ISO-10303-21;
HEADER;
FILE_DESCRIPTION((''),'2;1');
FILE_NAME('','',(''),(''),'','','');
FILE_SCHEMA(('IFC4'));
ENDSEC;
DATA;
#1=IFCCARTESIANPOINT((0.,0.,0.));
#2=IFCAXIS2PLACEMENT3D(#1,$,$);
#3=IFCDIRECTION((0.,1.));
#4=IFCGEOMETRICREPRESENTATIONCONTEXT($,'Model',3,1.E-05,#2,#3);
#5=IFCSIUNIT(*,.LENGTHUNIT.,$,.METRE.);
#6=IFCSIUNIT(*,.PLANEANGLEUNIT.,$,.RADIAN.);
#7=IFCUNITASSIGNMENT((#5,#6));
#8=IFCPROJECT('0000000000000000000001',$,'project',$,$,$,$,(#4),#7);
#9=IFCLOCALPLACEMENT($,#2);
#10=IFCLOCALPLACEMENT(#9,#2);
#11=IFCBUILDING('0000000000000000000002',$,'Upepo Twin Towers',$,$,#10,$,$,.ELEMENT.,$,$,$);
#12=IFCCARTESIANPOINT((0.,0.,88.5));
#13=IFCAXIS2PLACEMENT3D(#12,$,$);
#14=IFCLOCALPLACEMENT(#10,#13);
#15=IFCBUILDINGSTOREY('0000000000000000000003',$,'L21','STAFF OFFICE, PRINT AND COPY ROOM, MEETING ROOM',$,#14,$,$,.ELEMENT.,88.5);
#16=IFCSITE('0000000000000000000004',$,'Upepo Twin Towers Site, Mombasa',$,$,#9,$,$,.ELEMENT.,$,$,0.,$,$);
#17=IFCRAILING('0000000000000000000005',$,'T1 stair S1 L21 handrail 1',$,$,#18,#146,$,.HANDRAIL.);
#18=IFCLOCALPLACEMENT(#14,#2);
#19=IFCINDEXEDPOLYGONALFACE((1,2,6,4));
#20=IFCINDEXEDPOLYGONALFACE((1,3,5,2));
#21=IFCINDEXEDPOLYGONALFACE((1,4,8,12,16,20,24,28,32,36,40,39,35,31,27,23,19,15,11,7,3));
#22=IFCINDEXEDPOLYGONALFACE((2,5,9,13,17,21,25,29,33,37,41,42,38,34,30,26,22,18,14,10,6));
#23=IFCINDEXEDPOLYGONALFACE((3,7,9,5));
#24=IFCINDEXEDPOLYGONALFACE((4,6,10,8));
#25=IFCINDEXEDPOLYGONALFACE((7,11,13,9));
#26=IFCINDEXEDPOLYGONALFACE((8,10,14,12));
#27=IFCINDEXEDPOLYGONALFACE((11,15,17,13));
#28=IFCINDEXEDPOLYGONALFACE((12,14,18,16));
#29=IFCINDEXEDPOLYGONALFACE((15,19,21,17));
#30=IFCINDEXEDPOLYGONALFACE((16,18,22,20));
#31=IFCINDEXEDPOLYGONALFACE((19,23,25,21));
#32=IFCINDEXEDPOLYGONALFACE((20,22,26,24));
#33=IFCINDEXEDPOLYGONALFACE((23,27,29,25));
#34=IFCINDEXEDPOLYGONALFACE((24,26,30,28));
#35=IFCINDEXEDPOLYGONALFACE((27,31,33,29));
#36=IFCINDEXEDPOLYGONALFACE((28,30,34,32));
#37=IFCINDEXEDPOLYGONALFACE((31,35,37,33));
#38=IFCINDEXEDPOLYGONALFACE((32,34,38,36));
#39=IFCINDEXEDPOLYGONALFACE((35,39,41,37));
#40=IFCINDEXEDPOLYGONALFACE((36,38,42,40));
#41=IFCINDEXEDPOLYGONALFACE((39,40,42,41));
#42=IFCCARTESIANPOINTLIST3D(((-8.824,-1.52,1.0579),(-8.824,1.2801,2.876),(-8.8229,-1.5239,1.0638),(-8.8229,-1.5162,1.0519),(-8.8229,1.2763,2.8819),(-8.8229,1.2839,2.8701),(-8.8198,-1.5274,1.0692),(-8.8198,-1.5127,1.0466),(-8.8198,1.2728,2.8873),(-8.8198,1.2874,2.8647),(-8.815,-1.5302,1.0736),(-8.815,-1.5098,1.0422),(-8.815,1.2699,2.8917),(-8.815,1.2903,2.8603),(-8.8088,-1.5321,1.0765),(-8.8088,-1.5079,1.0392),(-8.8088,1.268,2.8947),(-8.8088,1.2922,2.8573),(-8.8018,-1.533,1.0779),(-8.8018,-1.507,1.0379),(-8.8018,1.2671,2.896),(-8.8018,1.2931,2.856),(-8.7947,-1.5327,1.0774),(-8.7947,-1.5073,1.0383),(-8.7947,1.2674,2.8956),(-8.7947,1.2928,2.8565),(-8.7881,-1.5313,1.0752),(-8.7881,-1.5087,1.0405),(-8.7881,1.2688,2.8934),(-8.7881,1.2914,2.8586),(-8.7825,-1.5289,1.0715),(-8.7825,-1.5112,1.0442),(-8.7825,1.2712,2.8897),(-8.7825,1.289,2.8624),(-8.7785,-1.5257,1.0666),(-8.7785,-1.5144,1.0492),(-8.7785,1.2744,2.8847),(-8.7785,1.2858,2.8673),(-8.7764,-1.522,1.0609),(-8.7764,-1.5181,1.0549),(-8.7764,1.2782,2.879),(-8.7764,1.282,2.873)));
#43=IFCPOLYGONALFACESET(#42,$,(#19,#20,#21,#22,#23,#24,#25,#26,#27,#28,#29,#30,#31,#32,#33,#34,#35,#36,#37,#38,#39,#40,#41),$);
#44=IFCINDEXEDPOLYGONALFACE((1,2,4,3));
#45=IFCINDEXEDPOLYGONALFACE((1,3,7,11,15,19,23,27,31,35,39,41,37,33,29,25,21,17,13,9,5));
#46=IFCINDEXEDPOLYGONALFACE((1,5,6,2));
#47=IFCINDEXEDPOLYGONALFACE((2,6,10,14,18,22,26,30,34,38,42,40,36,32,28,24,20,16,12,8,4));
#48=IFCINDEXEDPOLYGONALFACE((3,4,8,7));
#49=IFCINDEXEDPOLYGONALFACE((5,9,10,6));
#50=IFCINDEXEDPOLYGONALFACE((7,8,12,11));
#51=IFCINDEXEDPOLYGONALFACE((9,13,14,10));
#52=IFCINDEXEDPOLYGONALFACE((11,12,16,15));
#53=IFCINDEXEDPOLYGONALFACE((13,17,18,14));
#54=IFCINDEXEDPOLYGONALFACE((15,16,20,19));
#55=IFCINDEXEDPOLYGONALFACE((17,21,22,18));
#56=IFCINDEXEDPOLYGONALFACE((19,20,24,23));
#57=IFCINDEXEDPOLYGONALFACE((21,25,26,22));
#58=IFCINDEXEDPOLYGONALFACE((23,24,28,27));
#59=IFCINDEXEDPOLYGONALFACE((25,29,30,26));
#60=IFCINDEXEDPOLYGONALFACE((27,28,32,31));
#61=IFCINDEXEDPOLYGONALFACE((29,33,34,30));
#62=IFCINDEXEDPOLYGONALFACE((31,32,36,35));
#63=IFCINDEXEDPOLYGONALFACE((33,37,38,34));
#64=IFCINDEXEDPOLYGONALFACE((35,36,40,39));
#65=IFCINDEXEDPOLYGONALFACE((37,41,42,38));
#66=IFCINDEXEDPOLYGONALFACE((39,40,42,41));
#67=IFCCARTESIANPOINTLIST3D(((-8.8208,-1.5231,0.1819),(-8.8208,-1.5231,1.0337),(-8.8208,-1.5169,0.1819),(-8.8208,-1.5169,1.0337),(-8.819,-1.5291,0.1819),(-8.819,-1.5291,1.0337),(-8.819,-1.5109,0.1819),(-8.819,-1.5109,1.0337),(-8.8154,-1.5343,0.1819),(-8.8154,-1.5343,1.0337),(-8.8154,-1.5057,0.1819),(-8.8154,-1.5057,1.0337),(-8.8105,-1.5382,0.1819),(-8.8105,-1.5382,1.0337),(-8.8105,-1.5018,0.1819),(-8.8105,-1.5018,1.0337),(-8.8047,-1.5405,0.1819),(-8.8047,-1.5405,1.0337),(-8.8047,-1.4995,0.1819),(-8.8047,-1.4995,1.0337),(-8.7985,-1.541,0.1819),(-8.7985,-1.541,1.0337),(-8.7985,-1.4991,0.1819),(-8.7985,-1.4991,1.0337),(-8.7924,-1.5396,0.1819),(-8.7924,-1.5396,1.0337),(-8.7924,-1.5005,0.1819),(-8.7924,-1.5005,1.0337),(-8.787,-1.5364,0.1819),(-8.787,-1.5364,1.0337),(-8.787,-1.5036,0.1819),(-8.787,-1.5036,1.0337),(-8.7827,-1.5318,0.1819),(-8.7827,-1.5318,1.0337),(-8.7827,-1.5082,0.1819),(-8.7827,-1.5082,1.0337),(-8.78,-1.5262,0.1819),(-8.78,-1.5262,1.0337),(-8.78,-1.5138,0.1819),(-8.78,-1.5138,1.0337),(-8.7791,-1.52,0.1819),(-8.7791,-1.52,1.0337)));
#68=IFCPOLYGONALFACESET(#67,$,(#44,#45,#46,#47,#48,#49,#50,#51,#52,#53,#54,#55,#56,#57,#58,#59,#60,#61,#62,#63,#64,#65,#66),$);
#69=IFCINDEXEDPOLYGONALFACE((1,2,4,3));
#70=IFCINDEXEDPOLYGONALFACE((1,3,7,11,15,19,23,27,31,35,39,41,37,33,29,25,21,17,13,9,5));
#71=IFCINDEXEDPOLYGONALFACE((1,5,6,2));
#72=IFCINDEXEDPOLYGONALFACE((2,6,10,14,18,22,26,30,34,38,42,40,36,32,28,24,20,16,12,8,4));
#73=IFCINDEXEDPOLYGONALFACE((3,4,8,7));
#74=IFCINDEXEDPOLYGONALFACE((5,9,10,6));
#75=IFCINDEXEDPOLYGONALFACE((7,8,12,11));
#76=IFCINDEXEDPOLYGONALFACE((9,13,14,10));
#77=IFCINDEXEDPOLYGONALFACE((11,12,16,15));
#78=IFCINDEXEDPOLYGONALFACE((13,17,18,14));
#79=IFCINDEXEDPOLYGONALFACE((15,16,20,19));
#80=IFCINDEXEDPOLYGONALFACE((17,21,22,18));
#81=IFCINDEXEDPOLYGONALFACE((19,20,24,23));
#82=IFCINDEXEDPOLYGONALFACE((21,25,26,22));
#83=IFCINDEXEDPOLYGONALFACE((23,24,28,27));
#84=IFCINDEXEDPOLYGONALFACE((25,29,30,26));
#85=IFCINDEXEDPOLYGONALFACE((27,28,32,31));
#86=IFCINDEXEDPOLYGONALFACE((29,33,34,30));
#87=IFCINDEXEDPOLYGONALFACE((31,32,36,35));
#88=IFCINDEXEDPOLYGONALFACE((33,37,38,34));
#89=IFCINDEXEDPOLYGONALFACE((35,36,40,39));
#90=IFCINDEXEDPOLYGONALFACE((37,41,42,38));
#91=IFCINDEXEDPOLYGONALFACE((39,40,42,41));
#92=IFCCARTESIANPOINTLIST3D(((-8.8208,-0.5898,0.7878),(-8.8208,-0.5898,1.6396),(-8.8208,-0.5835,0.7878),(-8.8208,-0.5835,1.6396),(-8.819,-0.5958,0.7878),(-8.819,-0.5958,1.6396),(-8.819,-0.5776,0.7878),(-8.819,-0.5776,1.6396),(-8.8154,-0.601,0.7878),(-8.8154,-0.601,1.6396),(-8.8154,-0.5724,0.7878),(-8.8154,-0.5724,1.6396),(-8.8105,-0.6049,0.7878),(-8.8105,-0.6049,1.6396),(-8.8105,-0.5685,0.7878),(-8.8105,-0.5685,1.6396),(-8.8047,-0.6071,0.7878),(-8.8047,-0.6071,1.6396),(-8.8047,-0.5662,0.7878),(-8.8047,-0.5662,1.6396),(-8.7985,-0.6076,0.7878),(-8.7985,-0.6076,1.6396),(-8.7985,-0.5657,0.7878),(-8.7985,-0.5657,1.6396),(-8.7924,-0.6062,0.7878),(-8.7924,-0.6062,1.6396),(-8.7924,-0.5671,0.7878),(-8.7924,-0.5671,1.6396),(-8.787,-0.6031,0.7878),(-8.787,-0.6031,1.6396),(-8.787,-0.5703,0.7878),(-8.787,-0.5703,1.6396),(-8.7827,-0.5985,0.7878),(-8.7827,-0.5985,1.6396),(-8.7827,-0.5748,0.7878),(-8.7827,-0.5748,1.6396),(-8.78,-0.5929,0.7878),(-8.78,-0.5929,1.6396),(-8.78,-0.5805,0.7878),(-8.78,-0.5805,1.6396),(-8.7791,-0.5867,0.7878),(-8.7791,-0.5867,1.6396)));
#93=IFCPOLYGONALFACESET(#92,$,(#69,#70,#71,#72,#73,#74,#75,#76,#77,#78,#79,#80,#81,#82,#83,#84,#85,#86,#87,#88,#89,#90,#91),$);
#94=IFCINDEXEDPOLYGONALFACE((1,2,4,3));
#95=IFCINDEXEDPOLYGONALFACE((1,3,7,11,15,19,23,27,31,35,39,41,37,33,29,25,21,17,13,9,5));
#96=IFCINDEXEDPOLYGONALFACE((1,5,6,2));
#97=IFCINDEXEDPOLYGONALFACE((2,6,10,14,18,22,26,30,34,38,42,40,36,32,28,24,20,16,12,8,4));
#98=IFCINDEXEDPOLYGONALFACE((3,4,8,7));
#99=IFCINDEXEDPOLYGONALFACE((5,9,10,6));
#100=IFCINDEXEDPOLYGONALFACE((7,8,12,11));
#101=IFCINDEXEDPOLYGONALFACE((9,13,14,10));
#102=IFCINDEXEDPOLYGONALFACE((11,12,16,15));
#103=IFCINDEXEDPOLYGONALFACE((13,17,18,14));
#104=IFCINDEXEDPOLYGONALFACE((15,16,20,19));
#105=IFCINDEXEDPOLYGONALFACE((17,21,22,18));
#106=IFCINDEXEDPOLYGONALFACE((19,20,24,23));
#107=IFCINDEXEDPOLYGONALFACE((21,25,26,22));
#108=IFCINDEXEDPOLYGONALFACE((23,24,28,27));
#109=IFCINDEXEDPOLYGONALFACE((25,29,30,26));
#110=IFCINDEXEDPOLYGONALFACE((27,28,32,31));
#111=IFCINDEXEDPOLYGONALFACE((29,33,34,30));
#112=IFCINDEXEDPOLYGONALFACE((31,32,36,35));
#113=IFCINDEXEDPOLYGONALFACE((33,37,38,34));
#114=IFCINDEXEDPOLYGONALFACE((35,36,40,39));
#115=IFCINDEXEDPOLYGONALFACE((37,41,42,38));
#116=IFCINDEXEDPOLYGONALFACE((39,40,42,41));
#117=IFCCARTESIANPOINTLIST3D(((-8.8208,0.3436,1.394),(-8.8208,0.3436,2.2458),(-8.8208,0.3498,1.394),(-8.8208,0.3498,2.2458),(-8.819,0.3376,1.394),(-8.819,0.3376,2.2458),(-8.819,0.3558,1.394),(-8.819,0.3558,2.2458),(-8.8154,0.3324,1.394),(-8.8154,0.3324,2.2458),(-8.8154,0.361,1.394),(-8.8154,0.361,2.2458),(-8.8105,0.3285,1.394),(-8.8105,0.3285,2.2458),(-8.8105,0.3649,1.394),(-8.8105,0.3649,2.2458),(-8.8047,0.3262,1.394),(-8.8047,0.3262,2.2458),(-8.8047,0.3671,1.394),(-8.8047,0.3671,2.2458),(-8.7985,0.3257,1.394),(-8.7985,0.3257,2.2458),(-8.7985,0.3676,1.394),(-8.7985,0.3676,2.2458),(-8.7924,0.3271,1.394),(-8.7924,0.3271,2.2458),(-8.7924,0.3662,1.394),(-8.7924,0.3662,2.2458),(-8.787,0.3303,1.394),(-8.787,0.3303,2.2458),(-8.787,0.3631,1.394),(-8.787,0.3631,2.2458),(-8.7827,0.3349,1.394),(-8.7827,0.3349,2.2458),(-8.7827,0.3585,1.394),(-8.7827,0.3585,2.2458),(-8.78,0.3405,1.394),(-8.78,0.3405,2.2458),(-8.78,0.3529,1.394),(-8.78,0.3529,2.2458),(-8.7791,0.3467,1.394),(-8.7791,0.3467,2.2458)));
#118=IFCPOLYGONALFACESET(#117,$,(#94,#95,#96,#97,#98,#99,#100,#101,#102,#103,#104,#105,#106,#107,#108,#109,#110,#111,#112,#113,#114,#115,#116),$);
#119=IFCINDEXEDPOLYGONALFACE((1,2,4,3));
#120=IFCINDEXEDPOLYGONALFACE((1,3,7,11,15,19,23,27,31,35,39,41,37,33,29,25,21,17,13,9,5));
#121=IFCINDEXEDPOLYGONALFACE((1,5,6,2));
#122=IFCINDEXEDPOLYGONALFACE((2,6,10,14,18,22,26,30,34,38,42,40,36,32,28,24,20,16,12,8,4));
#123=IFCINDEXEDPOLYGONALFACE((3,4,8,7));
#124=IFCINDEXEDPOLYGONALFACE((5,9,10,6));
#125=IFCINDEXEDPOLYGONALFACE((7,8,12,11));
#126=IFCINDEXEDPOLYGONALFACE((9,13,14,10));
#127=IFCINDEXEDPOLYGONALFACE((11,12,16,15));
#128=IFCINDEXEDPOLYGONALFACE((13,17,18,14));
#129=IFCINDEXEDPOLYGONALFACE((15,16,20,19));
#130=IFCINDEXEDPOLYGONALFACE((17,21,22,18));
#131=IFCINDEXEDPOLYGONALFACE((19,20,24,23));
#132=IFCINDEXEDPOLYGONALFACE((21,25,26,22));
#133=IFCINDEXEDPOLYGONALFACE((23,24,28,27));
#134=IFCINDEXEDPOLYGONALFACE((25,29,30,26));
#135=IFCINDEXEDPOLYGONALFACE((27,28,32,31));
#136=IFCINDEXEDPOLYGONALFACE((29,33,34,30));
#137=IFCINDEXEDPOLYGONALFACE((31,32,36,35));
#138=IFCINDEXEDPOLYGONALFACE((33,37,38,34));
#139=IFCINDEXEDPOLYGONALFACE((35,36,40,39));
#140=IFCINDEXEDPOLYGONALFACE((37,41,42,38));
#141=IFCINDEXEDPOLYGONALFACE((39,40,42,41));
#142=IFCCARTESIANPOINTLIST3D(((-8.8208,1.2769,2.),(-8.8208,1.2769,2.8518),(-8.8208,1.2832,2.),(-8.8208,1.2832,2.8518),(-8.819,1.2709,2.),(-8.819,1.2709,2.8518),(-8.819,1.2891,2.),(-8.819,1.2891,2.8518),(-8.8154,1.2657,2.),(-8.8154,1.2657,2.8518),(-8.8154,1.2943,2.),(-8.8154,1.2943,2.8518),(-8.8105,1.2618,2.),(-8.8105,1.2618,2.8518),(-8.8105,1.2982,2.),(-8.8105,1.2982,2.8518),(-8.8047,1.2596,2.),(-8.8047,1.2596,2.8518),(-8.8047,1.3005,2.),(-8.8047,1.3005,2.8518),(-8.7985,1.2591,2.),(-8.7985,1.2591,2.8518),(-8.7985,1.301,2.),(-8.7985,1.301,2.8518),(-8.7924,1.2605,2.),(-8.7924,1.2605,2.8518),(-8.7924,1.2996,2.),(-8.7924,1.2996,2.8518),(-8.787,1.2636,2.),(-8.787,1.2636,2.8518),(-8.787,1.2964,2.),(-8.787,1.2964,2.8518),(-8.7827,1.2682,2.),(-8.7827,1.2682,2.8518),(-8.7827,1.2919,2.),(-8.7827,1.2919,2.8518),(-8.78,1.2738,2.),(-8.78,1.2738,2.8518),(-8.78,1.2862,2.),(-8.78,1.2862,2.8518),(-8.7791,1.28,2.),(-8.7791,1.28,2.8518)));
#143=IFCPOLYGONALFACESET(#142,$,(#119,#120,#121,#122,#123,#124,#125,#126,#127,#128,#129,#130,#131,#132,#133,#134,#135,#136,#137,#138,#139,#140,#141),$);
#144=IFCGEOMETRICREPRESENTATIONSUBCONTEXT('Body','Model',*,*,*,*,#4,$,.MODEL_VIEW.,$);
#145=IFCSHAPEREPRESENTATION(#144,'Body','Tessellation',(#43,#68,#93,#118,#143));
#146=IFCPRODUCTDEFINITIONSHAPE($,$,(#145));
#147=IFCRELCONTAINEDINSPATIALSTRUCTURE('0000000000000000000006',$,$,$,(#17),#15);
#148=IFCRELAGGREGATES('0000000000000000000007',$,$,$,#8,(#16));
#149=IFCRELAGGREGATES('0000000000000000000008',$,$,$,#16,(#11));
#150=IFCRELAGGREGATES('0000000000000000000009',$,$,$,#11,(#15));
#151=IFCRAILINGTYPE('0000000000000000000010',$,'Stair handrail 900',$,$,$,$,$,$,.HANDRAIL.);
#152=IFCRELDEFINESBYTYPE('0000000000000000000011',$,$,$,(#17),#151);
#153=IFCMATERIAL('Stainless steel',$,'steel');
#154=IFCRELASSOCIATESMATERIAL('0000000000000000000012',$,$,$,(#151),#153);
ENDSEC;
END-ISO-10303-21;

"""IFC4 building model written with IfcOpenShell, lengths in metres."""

from ifc_helpers import new_model, si_unit, direction, frame, origin, origin_2d, place, context, subcontext, project, spatial, circle, extrude, material, type_object, element, save


model = new_model("IFC4")

# Units and contexts
model_context = context("Model", 3, precision=1e-05, world=origin(), true_north=direction((0.0, 1.0)))
body_context = subcontext(model_context, "Body", "Model", "MODEL_VIEW")
ifc_project = project(units=[si_unit("LENGTHUNIT", "METRE"), si_unit("PLANEANGLEUNIT", "RADIAN")], contexts=[model_context])

# Site, building, storey
site_placement = place(None, origin())
site = spatial("IfcSite", under=ifc_project, at=site_placement, Name="Upepo Twin Towers Site, Mombasa", CompositionType="ELEMENT", RefElevation=0.0)
building_placement = place(site_placement, origin())
building = spatial("IfcBuilding", under=site, at=building_placement, Name="Upepo Twin Towers", CompositionType="ELEMENT")
storey_placement = place(building_placement, frame((0.0, 0.0, 88.5)))
storey = spatial("IfcBuildingStorey", under=building, at=storey_placement, Name="L21", Description="STAFF OFFICE, PRINT AND COPY ROOM, MEETING ROOM", CompositionType="ELEMENT", Elevation=88.5)

# Railing
ifc_material_1 = material(Name="Stainless steel", Category="steel")
railing_type = type_object("IfcRailingType", Name="Stair handrail 900", PredefinedType="HANDRAIL", material=ifc_material_1)
railing_placement = place(storey_placement, frame((-8.8, -1.52, 0.1819)))
element("IfcRailing", 1, at=railing_placement, inside=storey, type_object=railing_type, Name="T1 stair S1 L21 handrail 1", PredefinedType="HANDRAIL", context=body_context, shape_type="SweptSolid", body=[
    extrude(circle(Radius=0.0239, at=origin_2d()), frame((0.0, 0.0, 0.876), z_axis=(0.0, 0.838706, 0.544585), x_axis=(-1.0, 0.0, 0.0)), (0.0, 0.0, 1.0), 3.3386),
    extrude(circle(Radius=0.021, at=origin_2d()), origin(), (0.0, 0.0, 1.0), 0.8518),
    extrude(circle(Radius=0.021, at=origin_2d()), frame((0.0, 0.9333, 0.606)), (0.0, 0.0, 1.0), 0.8518),
    extrude(circle(Radius=0.021, at=origin_2d()), frame((0.0, 1.8667, 1.2122)), (0.0, 0.0, 1.0), 0.8518),
    extrude(circle(Radius=0.021, at=origin_2d()), frame((0.0, 2.8, 1.8181)), (0.0, 0.0, 1.0), 0.8518),
])

save(model, "model.ifc")
